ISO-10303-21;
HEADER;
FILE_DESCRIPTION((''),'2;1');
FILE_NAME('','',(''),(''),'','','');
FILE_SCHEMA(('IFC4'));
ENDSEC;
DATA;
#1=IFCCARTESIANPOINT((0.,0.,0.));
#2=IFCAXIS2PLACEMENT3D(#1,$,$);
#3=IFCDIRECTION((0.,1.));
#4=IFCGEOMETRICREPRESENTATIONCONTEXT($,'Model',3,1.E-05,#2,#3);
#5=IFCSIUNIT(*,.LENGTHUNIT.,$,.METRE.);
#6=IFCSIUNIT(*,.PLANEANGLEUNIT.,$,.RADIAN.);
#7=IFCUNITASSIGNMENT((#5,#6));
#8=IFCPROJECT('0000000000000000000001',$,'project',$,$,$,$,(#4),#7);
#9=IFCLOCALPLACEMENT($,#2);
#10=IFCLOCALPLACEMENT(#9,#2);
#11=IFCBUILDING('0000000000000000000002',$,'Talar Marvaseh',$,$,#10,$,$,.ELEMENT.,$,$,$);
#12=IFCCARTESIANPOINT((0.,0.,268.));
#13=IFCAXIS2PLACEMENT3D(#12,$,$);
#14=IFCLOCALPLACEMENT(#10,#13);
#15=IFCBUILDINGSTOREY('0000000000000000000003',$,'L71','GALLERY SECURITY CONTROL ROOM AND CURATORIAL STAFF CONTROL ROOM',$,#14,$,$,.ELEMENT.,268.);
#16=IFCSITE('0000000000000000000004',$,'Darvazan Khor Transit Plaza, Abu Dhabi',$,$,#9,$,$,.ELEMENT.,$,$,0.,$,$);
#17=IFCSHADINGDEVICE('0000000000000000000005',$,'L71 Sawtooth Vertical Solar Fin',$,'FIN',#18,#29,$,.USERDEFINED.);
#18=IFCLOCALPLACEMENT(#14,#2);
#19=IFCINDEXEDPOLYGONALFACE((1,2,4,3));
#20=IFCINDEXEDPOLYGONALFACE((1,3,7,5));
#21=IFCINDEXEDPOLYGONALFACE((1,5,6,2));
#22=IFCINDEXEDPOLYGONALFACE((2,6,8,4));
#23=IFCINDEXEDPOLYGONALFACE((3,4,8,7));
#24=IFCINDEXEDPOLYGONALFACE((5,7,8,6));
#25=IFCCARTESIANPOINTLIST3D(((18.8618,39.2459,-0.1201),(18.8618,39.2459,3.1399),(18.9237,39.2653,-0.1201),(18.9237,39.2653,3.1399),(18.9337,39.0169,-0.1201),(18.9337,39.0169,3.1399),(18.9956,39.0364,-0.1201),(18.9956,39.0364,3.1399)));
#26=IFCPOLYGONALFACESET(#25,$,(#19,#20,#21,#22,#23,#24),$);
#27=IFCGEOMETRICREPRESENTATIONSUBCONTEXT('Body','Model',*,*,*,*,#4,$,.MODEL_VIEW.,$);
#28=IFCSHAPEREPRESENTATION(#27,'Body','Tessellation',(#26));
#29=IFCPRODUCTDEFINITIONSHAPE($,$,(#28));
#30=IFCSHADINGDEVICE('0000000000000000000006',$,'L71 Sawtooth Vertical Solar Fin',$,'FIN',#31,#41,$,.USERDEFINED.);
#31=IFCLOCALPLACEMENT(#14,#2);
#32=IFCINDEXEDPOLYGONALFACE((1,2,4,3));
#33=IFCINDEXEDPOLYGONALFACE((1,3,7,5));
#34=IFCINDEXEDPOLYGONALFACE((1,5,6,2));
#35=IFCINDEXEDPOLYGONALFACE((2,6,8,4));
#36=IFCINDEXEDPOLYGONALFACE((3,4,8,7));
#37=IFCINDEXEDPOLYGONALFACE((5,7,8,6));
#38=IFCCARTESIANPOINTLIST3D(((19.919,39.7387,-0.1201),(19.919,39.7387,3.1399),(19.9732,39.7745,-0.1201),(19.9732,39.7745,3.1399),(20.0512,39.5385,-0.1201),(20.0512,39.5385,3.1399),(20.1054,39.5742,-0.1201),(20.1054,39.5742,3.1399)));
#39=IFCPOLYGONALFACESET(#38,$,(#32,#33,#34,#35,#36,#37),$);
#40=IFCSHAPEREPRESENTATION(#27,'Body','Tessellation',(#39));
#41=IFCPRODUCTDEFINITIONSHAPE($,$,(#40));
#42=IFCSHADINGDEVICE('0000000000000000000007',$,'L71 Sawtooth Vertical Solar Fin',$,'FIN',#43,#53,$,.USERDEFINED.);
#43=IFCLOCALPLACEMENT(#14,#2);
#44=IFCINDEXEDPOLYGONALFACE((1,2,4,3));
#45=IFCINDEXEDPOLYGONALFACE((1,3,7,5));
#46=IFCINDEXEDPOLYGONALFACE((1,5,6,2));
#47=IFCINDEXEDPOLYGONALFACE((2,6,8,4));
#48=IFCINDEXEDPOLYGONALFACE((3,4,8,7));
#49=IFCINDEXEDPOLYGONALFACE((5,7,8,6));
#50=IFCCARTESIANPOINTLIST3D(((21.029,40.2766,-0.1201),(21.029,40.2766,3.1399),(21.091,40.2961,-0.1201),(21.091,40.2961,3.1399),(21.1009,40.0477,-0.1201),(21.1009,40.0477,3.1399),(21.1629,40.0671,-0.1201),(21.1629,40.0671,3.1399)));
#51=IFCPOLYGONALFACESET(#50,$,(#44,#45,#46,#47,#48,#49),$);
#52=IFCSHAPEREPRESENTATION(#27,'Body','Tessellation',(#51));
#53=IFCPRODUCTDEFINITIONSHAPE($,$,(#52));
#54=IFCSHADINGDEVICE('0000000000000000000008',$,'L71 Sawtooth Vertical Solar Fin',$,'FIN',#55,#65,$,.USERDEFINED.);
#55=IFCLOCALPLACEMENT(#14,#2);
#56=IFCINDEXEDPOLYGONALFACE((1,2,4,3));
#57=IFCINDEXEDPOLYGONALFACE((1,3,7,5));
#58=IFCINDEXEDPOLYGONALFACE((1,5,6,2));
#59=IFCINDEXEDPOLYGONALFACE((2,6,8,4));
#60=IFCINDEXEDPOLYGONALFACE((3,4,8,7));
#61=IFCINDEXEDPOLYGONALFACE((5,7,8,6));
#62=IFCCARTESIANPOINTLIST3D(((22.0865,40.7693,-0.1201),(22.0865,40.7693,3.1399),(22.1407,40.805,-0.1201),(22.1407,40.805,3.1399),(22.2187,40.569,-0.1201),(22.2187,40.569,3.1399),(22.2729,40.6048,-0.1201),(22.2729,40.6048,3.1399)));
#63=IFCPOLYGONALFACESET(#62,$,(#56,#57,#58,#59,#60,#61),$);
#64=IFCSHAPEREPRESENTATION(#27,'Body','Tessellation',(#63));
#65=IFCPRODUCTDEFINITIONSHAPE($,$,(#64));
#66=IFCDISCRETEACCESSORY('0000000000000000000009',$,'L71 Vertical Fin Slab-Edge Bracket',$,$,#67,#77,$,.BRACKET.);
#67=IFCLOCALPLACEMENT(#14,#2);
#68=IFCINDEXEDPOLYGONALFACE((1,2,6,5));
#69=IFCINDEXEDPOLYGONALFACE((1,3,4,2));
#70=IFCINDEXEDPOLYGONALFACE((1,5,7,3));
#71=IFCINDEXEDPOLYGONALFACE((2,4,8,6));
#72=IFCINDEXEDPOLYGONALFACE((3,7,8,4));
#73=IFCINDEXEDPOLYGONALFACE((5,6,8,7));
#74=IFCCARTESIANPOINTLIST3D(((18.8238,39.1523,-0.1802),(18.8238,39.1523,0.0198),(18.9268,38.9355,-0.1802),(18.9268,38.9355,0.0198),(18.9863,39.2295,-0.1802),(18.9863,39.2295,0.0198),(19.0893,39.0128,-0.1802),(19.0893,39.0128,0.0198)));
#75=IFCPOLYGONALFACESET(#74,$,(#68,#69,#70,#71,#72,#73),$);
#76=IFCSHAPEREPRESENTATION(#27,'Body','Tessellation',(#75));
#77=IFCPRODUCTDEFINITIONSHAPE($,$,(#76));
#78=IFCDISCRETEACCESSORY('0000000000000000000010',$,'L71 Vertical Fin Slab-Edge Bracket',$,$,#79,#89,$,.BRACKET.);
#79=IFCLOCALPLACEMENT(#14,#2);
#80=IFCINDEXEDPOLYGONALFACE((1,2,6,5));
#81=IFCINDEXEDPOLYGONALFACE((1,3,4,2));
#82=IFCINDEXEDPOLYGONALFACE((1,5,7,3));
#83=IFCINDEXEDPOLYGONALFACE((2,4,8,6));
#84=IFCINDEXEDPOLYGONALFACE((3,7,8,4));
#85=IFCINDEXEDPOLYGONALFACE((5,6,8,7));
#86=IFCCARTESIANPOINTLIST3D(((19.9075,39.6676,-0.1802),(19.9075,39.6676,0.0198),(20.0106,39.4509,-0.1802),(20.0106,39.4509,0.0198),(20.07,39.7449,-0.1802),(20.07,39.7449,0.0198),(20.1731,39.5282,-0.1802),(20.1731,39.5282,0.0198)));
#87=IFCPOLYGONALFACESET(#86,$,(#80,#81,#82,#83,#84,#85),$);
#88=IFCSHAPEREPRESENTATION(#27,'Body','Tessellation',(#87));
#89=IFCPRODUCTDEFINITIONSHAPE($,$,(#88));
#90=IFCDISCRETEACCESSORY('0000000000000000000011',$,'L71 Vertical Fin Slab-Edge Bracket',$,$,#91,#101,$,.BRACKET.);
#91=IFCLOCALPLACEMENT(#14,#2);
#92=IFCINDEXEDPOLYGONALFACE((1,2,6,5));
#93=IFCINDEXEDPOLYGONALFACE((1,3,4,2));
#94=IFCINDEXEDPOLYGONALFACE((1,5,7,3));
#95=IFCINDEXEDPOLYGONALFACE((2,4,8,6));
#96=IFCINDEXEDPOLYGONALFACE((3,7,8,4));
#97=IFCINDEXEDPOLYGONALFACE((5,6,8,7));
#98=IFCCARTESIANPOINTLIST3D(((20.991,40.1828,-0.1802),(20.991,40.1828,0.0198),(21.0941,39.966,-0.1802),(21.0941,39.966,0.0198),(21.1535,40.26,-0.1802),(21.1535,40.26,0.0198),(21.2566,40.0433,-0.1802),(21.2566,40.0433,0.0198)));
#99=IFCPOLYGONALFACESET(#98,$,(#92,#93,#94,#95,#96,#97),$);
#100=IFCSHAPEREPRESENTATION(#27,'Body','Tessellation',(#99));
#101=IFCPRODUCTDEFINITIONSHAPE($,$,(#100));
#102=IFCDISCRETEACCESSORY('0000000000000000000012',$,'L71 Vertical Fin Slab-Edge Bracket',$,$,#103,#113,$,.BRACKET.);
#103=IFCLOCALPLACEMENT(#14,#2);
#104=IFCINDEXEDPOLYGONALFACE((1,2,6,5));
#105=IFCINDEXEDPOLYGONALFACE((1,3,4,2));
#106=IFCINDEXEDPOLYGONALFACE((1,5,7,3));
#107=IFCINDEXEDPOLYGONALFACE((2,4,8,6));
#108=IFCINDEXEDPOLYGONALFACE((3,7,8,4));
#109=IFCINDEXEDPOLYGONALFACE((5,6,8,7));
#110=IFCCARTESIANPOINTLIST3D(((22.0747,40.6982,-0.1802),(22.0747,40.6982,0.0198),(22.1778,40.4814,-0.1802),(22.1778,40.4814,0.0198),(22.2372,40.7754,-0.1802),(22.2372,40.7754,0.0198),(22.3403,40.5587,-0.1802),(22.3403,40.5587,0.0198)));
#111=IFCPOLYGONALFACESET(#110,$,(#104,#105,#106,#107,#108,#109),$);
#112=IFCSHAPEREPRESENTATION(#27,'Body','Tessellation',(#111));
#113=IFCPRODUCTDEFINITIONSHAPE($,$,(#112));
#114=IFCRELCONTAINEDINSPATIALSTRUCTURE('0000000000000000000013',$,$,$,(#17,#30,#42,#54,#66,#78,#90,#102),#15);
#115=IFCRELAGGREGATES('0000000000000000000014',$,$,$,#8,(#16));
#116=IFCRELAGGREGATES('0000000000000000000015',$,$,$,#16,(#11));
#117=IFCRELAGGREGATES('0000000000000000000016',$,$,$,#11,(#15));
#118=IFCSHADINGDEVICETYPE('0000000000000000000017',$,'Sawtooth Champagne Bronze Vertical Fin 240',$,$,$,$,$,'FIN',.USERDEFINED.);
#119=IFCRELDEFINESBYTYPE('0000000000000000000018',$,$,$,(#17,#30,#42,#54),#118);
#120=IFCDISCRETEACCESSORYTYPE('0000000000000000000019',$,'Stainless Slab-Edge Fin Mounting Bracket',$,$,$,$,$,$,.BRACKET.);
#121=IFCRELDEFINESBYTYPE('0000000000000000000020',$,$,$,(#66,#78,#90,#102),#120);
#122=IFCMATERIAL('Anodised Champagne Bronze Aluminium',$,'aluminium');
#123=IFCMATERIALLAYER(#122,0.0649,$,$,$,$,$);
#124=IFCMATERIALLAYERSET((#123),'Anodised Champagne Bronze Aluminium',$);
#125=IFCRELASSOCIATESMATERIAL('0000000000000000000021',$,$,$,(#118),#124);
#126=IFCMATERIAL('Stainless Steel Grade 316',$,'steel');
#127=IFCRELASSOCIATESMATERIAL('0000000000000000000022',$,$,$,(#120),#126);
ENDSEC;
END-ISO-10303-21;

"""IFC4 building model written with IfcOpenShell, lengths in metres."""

from ifc_helpers import new_model, si_unit, direction, frame, origin, origin_2d, place, context, subcontext, project, spatial, rectangle, extrude, source, transform, mapped, material, layer, layer_set, type_object, type_shapes, element, save


model = new_model("IFC4")

# Units and contexts
model_context = context("Model", 3, precision=1e-05, world=origin(), true_north=direction((0.0, 1.0)))
body_context = subcontext(model_context, "Body", "Model", "MODEL_VIEW")
ifc_project = project(units=[si_unit("LENGTHUNIT", "METRE"), si_unit("PLANEANGLEUNIT", "RADIAN")], contexts=[model_context])

# Site, building, storey
site_placement = place(None, origin())
site = spatial("IfcSite", under=ifc_project, at=site_placement, Name="Darvazan Khor Transit Plaza, Abu Dhabi", CompositionType="ELEMENT", RefElevation=0.0)
building_placement = place(site_placement, origin())
building = spatial("IfcBuilding", under=site, at=building_placement, Name="Talar Marvaseh", CompositionType="ELEMENT")
storey_placement = place(building_placement, frame((0.0, 0.0, 268.0)))
storey = spatial("IfcBuildingStorey", under=building, at=storey_placement, Name="L71", Description="GALLERY SECURITY CONTROL ROOM AND CURATORIAL STAFF CONTROL ROOM", CompositionType="ELEMENT", Elevation=268.0)

# Shared definitions
ifc_material_1 = material(Name="Stainless Steel Grade 316", Category="steel")

# Shading devices
ifc_material_2 = material(Name="Anodised Champagne Bronze Aluminium", Category="aluminium")
ifc_layer_1 = layer(ifc_material_2, 0.0649)
ifc_layer_set_1 = layer_set([ifc_layer_1], Name="Anodised Champagne Bronze Aluminium")
shading_device_type = type_object("IfcShadingDeviceType", Name="Sawtooth Champagne Bronze Vertical Fin 240", ElementType="FIN", PredefinedType="USERDEFINED", material=ifc_layer_set_1)
shared_shape_1 = source(origin(), body_context, "Body", "SweptSolid", [
    extrude(rectangle(XDim=0.24, YDim=0.0649, at=origin_2d()), origin(), (0.0, 0.0, 1.0), 3.26),
])
type_shapes(shading_device_type, [shared_shape_1])
for number, where, z_axis, x_axis, name in (
    (1, (18.9287, 39.1411, -0.1201), (0.0, 0.0, 1.0), (-0.29954, 0.954084, 0.0), "L71 Sawtooth Vertical Solar Fin"),
    (2, (20.0122, 39.6565, -0.1201), (0.0, 0.0, 1.0), (-0.550918, 0.83456, 0.0), "L71 Sawtooth Vertical Solar Fin"),
    (3, (21.0959, 40.1719, -0.1201), (0.0, 0.0, 1.0), (-0.29954, 0.954084, 0.0), "L71 Sawtooth Vertical Solar Fin"),
    (4, (22.1797, 40.687, -0.1201), (0.0, 0.0, 1.0), (-0.550918, 0.83456, 0.0), "L71 Sawtooth Vertical Solar Fin"),
):
    element("IfcShadingDevice", number, at=place(storey_placement, frame(where, z_axis=z_axis, x_axis=x_axis)), inside=storey, type_object=shading_device_type, Name=name, ObjectType="FIN", PredefinedType="USERDEFINED", context=body_context, shape_type="MappedRepresentation", body=[
        mapped(shared_shape_1, transform((0.0, 0.0, 0.0), x_axis=(1.0, 0.0, 0.0), y_axis=(0.0, 1.0, 0.0), z_axis=(0.0, 0.0, 1.0), scale=1.0)),
    ])

# Discrete accessories
discrete_accessory_type = type_object("IfcDiscreteAccessoryType", Name="Stainless Slab-Edge Fin Mounting Bracket", PredefinedType="BRACKET", material=ifc_material_1)
shared_shape_2 = source(origin(), body_context, "Body", "SweptSolid", [
    extrude(rectangle(XDim=0.24, YDim=0.1799, at=origin_2d()), origin(), (0.0, 0.0, 1.0), 0.2),
])
type_shapes(discrete_accessory_type, [shared_shape_2])
for number, where, z_axis, x_axis, name in (
    (5, (18.9565, 39.0825, -0.1802), (0.0, 0.0, 1.0), (-0.429408, 0.903111, 0.0), "L71 Vertical Fin Slab-Edge Bracket"),
    (6, (20.0403, 39.5979, -0.1802), (0.0, 0.0, 1.0), (-0.429408, 0.903111, 0.0), "L71 Vertical Fin Slab-Edge Bracket"),
    (7, (21.1238, 40.113, -0.1802), (0.0, 0.0, 1.0), (-0.429408, 0.903111, 0.0), "L71 Vertical Fin Slab-Edge Bracket"),
    (8, (22.2075, 40.6284, -0.1802), (0.0, 0.0, 1.0), (-0.429408, 0.903111, 0.0), "L71 Vertical Fin Slab-Edge Bracket"),
):
    element("IfcDiscreteAccessory", number, at=place(storey_placement, frame(where, z_axis=z_axis, x_axis=x_axis)), inside=storey, type_object=discrete_accessory_type, Name=name, PredefinedType="BRACKET", context=body_context, shape_type="MappedRepresentation", body=[
        mapped(shared_shape_2, transform((0.0, 0.0, 0.0), x_axis=(1.0, 0.0, 0.0), y_axis=(0.0, 1.0, 0.0), z_axis=(0.0, 0.0, 1.0), scale=1.0)),
    ])

save(model, "model.ifc")
